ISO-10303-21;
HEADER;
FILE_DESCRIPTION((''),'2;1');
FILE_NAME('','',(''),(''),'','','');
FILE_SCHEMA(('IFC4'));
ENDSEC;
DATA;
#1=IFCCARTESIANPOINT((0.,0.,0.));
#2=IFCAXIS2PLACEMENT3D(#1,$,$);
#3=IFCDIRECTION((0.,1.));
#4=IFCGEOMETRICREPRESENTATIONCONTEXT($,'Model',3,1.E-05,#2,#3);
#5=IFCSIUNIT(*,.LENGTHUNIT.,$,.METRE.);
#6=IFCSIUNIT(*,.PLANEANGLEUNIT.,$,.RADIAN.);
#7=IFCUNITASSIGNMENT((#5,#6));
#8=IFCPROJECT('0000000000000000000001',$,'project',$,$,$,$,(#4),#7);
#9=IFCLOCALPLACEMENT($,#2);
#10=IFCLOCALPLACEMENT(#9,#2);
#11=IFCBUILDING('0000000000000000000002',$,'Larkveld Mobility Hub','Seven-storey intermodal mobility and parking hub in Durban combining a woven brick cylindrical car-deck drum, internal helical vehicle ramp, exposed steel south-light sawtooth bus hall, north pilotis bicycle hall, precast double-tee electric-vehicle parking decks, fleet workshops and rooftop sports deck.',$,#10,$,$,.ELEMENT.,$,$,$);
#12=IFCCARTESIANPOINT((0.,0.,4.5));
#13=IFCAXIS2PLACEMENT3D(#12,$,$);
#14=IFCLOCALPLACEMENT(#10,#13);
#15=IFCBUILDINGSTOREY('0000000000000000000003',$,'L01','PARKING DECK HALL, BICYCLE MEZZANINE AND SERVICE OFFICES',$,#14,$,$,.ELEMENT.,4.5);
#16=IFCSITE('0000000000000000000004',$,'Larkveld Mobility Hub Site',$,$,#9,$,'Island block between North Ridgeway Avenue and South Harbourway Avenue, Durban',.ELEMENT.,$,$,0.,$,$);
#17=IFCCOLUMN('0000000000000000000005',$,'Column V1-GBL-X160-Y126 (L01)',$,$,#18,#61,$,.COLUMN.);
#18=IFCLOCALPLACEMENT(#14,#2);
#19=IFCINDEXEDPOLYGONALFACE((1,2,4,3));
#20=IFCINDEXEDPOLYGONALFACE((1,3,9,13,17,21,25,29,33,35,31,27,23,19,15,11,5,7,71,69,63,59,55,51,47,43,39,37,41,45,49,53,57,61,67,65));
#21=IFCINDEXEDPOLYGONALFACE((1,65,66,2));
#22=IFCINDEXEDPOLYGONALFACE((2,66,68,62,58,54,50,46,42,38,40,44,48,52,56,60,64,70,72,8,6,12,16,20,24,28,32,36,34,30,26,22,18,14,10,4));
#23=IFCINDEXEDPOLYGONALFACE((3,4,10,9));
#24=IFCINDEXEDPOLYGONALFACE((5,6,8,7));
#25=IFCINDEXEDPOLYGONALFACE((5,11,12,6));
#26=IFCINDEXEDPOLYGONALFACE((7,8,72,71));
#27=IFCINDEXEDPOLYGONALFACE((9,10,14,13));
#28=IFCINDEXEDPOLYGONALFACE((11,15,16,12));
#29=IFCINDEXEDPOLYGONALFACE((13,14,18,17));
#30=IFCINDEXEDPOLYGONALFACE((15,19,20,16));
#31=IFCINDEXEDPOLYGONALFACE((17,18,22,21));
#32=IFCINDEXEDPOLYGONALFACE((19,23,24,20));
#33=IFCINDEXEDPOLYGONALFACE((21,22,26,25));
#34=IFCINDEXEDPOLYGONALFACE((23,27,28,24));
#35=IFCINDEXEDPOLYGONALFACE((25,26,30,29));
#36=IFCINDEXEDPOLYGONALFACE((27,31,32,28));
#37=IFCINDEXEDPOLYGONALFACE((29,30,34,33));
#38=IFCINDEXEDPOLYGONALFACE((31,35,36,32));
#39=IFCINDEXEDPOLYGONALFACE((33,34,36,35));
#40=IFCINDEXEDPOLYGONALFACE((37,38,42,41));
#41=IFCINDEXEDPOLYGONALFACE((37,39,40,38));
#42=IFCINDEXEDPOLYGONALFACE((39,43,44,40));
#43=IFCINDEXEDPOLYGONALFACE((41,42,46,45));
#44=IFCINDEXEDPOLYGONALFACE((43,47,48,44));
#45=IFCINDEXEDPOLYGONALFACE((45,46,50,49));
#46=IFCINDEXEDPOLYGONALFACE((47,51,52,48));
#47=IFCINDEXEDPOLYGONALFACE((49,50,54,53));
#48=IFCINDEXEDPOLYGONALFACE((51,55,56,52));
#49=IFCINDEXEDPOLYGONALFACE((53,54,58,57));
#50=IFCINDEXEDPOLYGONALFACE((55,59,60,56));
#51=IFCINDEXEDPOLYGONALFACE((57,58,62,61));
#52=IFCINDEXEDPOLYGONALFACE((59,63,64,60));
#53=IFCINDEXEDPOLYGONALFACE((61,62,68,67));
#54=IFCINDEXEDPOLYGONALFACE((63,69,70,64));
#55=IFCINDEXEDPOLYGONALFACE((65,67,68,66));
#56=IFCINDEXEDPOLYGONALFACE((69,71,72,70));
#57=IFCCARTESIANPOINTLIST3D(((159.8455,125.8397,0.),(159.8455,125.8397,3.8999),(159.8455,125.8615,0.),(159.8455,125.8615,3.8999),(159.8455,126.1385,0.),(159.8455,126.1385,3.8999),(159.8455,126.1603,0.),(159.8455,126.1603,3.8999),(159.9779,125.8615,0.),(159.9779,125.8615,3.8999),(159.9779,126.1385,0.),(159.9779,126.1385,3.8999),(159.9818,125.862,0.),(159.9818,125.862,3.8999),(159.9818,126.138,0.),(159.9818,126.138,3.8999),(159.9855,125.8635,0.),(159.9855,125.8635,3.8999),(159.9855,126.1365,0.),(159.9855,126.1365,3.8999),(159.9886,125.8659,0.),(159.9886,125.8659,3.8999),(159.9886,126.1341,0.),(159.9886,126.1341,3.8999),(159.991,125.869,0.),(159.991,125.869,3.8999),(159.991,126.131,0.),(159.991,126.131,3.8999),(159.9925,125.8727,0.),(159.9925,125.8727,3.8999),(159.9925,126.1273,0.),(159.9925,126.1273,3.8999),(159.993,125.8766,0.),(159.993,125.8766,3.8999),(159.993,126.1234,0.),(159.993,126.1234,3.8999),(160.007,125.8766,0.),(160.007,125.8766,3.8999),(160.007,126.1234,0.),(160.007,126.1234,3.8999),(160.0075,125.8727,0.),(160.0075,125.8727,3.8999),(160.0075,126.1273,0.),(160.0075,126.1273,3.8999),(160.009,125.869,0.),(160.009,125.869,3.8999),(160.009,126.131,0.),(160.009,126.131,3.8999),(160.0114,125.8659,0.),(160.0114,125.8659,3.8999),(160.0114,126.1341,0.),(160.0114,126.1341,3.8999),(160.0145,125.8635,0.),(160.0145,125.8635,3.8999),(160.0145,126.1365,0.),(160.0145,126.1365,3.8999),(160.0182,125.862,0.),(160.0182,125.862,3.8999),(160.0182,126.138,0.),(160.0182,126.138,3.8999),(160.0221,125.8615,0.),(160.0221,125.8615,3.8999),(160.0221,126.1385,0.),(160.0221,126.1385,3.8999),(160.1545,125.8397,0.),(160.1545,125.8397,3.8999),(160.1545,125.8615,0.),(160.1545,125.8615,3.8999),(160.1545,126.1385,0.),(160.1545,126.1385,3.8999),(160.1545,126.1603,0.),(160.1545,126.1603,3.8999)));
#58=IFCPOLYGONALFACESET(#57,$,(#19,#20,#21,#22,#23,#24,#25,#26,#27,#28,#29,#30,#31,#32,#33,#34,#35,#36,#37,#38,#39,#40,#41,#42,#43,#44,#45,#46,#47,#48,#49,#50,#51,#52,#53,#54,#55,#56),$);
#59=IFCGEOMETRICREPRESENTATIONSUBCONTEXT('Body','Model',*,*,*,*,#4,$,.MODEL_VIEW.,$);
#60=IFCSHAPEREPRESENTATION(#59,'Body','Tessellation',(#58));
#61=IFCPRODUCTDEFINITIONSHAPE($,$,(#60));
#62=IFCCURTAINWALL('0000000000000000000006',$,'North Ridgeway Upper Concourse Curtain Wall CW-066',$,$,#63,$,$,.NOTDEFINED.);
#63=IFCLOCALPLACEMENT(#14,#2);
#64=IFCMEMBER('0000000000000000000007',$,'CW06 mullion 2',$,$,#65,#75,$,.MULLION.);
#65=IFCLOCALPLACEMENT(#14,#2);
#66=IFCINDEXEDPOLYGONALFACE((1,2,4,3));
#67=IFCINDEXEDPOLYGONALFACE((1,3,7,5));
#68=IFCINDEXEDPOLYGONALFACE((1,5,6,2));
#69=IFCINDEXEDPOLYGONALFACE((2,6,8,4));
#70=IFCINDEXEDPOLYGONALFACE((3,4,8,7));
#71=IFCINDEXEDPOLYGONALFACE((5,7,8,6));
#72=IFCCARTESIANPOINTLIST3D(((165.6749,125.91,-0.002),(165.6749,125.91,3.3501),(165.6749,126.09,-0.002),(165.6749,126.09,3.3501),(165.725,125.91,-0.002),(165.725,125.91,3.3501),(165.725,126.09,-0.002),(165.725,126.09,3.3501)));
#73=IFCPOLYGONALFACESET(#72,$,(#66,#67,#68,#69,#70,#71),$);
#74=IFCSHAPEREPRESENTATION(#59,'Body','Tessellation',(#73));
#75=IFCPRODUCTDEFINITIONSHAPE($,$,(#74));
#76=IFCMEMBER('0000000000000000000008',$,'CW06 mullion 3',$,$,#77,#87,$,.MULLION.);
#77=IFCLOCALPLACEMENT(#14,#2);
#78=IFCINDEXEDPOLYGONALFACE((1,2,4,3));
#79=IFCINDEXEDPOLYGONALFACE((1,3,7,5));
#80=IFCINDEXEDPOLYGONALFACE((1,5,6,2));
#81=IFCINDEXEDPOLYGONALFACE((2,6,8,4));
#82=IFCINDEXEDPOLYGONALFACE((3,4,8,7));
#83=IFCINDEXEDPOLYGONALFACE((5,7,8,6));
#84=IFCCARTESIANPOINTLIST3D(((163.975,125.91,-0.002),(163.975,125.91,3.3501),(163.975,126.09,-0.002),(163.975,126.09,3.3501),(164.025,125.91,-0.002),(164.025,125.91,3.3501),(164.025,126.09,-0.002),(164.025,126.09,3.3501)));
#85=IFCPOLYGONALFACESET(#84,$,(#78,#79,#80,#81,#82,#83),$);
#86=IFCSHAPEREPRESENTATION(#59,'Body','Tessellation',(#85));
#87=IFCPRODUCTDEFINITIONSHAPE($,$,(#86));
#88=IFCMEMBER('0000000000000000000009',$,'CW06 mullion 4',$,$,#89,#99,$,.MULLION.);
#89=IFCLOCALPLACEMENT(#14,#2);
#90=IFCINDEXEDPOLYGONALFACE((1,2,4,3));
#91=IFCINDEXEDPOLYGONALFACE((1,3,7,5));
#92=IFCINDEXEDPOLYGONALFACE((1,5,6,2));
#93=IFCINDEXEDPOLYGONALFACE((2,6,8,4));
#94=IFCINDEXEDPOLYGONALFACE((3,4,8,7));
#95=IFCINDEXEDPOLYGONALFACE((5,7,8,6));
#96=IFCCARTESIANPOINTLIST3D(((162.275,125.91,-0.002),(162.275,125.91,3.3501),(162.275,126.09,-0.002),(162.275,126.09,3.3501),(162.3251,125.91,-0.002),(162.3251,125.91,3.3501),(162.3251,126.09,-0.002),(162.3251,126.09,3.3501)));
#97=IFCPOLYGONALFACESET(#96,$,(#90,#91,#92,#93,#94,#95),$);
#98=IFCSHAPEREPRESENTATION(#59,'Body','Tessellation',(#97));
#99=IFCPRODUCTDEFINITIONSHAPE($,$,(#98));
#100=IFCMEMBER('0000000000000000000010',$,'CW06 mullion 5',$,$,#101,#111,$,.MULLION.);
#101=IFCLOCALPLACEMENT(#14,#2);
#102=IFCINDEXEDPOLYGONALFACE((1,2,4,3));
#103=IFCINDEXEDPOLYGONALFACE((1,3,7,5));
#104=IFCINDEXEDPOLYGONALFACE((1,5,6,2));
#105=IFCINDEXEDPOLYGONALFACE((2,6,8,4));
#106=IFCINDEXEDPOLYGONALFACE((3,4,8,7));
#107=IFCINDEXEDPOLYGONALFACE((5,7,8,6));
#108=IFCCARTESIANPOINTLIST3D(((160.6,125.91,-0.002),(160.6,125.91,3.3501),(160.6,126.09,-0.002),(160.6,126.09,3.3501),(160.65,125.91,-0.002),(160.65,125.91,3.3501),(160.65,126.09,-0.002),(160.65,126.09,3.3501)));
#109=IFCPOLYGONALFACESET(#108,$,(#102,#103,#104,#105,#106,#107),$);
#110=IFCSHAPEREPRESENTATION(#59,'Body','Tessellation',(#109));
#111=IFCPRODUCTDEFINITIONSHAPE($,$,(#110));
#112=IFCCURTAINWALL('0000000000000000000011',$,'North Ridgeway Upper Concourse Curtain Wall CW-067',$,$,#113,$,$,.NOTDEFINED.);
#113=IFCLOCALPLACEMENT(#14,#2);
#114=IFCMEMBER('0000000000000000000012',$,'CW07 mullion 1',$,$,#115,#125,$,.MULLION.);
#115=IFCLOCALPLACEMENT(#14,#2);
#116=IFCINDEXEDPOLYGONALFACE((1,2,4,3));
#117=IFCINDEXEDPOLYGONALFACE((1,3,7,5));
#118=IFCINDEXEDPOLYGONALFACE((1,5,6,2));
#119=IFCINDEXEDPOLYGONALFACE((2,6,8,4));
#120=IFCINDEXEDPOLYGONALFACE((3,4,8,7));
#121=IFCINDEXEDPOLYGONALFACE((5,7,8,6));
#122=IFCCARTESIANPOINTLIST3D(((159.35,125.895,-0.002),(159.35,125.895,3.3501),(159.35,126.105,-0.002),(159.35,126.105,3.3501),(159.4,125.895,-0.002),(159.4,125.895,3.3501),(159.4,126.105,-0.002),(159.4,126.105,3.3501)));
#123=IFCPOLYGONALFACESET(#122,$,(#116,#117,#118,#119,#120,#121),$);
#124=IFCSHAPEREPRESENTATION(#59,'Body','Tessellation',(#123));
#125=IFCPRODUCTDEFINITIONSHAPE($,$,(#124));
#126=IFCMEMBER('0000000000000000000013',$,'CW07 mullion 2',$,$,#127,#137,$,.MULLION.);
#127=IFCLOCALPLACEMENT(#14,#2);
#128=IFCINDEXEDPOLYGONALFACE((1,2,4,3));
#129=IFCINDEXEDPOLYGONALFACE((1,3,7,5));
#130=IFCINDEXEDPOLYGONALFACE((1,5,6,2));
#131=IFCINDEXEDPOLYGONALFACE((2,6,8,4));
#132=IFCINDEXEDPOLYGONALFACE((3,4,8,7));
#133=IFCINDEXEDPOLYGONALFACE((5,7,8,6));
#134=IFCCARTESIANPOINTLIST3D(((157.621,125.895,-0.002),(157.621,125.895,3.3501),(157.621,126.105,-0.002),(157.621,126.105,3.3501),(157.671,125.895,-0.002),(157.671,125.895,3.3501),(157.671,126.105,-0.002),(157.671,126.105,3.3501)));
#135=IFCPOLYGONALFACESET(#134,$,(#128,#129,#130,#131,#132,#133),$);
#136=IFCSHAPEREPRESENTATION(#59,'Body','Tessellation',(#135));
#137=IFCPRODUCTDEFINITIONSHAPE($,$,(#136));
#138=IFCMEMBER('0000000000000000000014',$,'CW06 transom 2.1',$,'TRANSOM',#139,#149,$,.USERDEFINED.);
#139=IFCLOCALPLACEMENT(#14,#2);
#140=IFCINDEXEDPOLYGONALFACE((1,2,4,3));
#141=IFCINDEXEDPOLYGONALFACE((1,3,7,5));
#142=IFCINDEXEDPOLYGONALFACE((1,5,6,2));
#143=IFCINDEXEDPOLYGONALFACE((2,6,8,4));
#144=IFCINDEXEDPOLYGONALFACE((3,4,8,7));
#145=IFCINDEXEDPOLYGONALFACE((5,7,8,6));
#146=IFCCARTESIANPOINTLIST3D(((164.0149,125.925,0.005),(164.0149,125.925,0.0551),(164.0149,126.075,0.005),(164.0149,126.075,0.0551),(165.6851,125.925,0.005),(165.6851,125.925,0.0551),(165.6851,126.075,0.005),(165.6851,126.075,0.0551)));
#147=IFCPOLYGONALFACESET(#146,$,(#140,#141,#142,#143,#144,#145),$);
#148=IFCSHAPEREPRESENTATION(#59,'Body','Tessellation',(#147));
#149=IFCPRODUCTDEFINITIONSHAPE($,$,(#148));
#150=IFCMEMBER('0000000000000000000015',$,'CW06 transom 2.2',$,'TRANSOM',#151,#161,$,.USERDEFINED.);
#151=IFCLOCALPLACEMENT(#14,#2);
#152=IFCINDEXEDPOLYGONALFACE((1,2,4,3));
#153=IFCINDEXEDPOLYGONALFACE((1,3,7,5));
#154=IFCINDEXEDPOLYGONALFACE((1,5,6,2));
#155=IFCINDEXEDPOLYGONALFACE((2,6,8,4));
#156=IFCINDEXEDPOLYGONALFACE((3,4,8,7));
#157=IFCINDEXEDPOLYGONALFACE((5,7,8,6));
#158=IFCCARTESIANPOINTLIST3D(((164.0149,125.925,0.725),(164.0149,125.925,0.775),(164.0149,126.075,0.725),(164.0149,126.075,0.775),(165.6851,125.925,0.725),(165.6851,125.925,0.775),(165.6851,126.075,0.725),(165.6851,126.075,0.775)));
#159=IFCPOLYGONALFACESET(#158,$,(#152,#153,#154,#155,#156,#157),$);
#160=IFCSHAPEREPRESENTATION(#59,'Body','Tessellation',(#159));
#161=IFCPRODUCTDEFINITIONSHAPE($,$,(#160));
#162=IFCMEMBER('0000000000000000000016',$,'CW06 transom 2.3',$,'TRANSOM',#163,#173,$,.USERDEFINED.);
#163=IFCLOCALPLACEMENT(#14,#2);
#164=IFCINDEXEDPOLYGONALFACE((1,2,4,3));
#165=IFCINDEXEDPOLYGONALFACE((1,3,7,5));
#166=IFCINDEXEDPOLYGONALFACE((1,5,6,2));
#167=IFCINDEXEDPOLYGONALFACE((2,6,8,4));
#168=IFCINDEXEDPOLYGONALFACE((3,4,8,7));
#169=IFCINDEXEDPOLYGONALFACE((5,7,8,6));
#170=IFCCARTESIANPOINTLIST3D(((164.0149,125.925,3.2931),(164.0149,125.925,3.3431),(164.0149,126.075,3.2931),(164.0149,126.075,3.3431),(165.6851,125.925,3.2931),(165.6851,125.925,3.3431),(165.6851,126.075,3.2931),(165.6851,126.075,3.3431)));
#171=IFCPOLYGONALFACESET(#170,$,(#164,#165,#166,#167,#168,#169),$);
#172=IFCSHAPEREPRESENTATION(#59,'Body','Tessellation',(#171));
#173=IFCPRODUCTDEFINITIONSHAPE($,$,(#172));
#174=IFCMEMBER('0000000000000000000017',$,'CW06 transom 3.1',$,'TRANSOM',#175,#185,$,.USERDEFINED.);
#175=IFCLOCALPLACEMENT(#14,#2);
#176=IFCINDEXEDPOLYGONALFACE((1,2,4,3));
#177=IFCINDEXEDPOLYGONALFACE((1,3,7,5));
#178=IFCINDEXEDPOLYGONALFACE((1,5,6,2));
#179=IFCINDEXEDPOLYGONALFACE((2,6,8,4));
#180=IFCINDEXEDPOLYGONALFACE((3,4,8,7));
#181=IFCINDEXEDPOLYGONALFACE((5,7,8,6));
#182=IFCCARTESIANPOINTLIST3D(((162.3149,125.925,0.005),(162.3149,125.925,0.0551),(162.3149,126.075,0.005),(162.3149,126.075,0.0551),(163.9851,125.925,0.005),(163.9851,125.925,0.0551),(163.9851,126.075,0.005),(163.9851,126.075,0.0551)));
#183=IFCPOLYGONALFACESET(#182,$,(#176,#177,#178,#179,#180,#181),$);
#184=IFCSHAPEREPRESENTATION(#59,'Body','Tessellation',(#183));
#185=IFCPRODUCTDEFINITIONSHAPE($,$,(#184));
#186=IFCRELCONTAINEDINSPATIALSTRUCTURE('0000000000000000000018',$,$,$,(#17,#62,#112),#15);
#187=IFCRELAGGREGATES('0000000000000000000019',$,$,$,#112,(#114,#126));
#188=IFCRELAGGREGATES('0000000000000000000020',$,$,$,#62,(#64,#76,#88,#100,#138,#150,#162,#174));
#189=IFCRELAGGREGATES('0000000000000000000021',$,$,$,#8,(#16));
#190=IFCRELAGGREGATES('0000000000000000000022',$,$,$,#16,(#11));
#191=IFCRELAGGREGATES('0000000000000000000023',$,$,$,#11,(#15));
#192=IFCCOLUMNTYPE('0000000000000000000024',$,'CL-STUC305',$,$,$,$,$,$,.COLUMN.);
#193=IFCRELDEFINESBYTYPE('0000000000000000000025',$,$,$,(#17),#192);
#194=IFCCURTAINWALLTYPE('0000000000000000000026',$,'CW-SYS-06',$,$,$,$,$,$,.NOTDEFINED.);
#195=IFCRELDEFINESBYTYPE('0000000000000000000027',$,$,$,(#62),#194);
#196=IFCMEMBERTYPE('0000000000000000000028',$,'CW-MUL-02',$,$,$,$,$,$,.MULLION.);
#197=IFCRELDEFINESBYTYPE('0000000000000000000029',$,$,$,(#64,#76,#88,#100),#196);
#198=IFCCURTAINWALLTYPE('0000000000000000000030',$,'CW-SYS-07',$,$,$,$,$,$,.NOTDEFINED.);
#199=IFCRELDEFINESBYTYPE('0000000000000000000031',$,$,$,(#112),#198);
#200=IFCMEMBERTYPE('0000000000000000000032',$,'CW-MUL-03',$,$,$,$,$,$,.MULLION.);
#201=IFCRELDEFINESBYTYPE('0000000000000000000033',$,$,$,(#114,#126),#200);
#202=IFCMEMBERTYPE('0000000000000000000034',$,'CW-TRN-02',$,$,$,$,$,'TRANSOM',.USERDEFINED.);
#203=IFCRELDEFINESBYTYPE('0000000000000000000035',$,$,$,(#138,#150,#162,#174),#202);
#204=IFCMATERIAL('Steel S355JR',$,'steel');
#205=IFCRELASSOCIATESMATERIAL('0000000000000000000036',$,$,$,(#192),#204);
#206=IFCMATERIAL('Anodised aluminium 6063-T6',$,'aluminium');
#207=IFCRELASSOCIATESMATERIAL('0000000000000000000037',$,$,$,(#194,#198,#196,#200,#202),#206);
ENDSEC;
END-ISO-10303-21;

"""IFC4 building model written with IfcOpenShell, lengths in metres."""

from ifc_helpers import new_model, si_unit, direction, frame, origin, origin_2d, place, context, subcontext, project, spatial, rectangle, i_section, extrude, material, material_profile, profile_set, type_object, element, aggregate, save


model = new_model("IFC4")

# Units and contexts
model_context = context("Model", 3, precision=1e-05, world=origin(), true_north=direction((0.0, 1.0)))
body_context = subcontext(model_context, "Body", "Model", "MODEL_VIEW")
ifc_project = project(units=[si_unit("LENGTHUNIT", "METRE"), si_unit("PLANEANGLEUNIT", "RADIAN")], contexts=[model_context])

# Site, building, storey
site_placement = place(None, origin())
site = spatial("IfcSite", under=ifc_project, at=site_placement, Name="Larkveld Mobility Hub Site", LongName="Island block between North Ridgeway Avenue and South Harbourway Avenue, Durban", CompositionType="ELEMENT", RefElevation=0.0)
building_placement = place(site_placement, origin())
building = spatial("IfcBuilding", under=site, at=building_placement, Name="Larkveld Mobility Hub", Description="Seven-storey intermodal mobility and parking hub in Durban combining a woven brick cylindrical car-deck drum, internal helical vehicle ramp, exposed steel south-light sawtooth bus hall, north pilotis bicycle hall, precast double-tee electric-vehicle parking decks, fleet workshops and rooftop sports deck.", CompositionType="ELEMENT")
storey_placement = place(building_placement, frame((0.0, 0.0, 4.5)))
storey = spatial("IfcBuildingStorey", under=building, at=storey_placement, Name="L01", Description="PARKING DECK HALL, BICYCLE MEZZANINE AND SERVICE OFFICES", CompositionType="ELEMENT", Elevation=4.5)

# Column
ifc_material_1 = material(Name="Steel S355JR", Category="steel")
ifc_material_profile_1 = material_profile(ifc_material_1, i_section(OverallWidth=0.3091, OverallDepth=0.3206, WebThickness=0.0139, FlangeThickness=0.0217, FilletRadius=0.0151, at=origin_2d()), Name="UC 305x305x137")
ifc_profile_set_1 = profile_set([ifc_material_profile_1], Name="Steel S355JR")
column_type = type_object("IfcColumnType", Name="CL-STUC305", PredefinedType="COLUMN", material=ifc_profile_set_1)
column_placement = place(storey_placement, frame((160.0, 126.0, 0.0), z_axis=(0.0, 0.0, 1.0), x_axis=(1.0, 0.0, 0.0)))
element("IfcColumn", 1, at=column_placement, inside=storey, type_object=column_type, Name="Column V1-GBL-X160-Y126 (L01)", PredefinedType="COLUMN", context=body_context, shape_type="SweptSolid", body=[
    extrude(i_section(OverallWidth=0.3091, OverallDepth=0.3206, WebThickness=0.0139, FlangeThickness=0.0217, FilletRadius=0.0151, at=origin_2d()), origin(), (0.0, 0.0, 1.0), 3.8999),
])

# Curtain walls, members
ifc_material_2 = material(Name="Anodised aluminium 6063-T6", Category="aluminium")
curtain_wall_type_1 = type_object("IfcCurtainWallType", Name="CW-SYS-06", PredefinedType="NOTDEFINED", material=ifc_material_2)
curtain_wall_1_placement = place(storey_placement, origin())
curtain_wall_1 = element("IfcCurtainWall", 2, at=curtain_wall_1_placement, inside=storey, type_object=curtain_wall_type_1, Name="North Ridgeway Upper Concourse Curtain Wall CW-066", PredefinedType="NOTDEFINED")
ifc_material_profile_2 = material_profile(ifc_material_2, rectangle(XDim=0.05, YDim=0.1799, at=origin_2d()), Name="ALU MULL 50x180")
ifc_profile_set_2 = profile_set([ifc_material_profile_2], Name="Anodised aluminium 6063-T6")
member_type_1 = type_object("IfcMemberType", Name="CW-MUL-02", PredefinedType="MULLION", material=ifc_profile_set_2)
member_1_placement = place(storey_placement, frame((165.7, 126.0, -0.002), z_axis=(0.0, 0.0, 1.0), x_axis=(-1.0, 0.0, 0.0)))
member_1 = element("IfcMember", 3, at=member_1_placement, type_object=member_type_1, Name="CW06 mullion 2", PredefinedType="MULLION", context=body_context, shape_type="SweptSolid", body=[
    extrude(rectangle(XDim=0.05, YDim=0.1799, at=origin_2d()), origin(), (0.0, 0.0, 1.0), 3.3521),
])
member_2_placement = place(storey_placement, frame((164.0, 126.0, -0.002), z_axis=(0.0, 0.0, 1.0), x_axis=(-1.0, 0.0, 0.0)))
member_2 = element("IfcMember", 4, at=member_2_placement, type_object=member_type_1, Name="CW06 mullion 3", PredefinedType="MULLION", context=body_context, shape_type="SweptSolid", body=[
    extrude(rectangle(XDim=0.05, YDim=0.1799, at=origin_2d()), origin(), (0.0, 0.0, 1.0), 3.3521),
])
member_3_placement = place(storey_placement, frame((162.3, 126.0, -0.002), z_axis=(0.0, 0.0, 1.0), x_axis=(-1.0, 0.0, 0.0)))
member_3 = element("IfcMember", 5, at=member_3_placement, type_object=member_type_1, Name="CW06 mullion 4", PredefinedType="MULLION", context=body_context, shape_type="SweptSolid", body=[
    extrude(rectangle(XDim=0.05, YDim=0.1799, at=origin_2d()), origin(), (0.0, 0.0, 1.0), 3.3521),
])
member_4_placement = place(storey_placement, frame((160.625, 126.0, -0.002), z_axis=(0.0, 0.0, 1.0), x_axis=(-1.0, 0.0, 0.0)))
member_4 = element("IfcMember", 6, at=member_4_placement, type_object=member_type_1, Name="CW06 mullion 5", PredefinedType="MULLION", context=body_context, shape_type="SweptSolid", body=[
    extrude(rectangle(XDim=0.05, YDim=0.1799, at=origin_2d()), origin(), (0.0, 0.0, 1.0), 3.3521),
])
curtain_wall_type_2 = type_object("IfcCurtainWallType", Name="CW-SYS-07", PredefinedType="NOTDEFINED", material=ifc_material_2)
curtain_wall_2_placement = place(storey_placement, origin())
curtain_wall_2 = element("IfcCurtainWall", 7, at=curtain_wall_2_placement, inside=storey, type_object=curtain_wall_type_2, Name="North Ridgeway Upper Concourse Curtain Wall CW-067", PredefinedType="NOTDEFINED")
ifc_material_profile_3 = material_profile(ifc_material_2, rectangle(XDim=0.05, YDim=0.21, at=origin_2d()), Name="ALU MULL 50x210")
ifc_profile_set_3 = profile_set([ifc_material_profile_3], Name="Anodised aluminium 6063-T6")
member_type_2 = type_object("IfcMemberType", Name="CW-MUL-03", PredefinedType="MULLION", material=ifc_profile_set_3)
member_5_placement = place(storey_placement, frame((159.375, 126.0, -0.002), z_axis=(0.0, 0.0, 1.0), x_axis=(-1.0, 0.0, 0.0)))
member_5 = element("IfcMember", 8, at=member_5_placement, type_object=member_type_2, Name="CW07 mullion 1", PredefinedType="MULLION", context=body_context, shape_type="SweptSolid", body=[
    extrude(rectangle(XDim=0.05, YDim=0.21, at=origin_2d()), origin(), (0.0, 0.0, 1.0), 3.3521),
])
member_6_placement = place(storey_placement, frame((157.646, 126.0, -0.002), z_axis=(0.0, 0.0, 1.0), x_axis=(-1.0, 0.0, 0.0)))
member_6 = element("IfcMember", 9, at=member_6_placement, type_object=member_type_2, Name="CW07 mullion 2", PredefinedType="MULLION", context=body_context, shape_type="SweptSolid", body=[
    extrude(rectangle(XDim=0.05, YDim=0.21, at=origin_2d()), origin(), (0.0, 0.0, 1.0), 3.3521),
])

# Members
ifc_material_profile_4 = material_profile(ifc_material_2, rectangle(XDim=0.1499, YDim=0.05, at=origin_2d()), Name="ALU TRAN 50x150")
ifc_profile_set_4 = profile_set([ifc_material_profile_4], Name="Anodised aluminium 6063-T6")
member_type_3 = type_object("IfcMemberType", Name="CW-TRN-02", ElementType="TRANSOM", PredefinedType="USERDEFINED", material=ifc_profile_set_4)
member_7_placement = place(storey_placement, frame((165.6851, 126.0, 0.03), z_axis=(-1.0, 0.0, 0.0), x_axis=(0.0, -1.0, 0.0)))
member_7 = element("IfcMember", 10, at=member_7_placement, type_object=member_type_3, Name="CW06 transom 2.1", ObjectType="TRANSOM", PredefinedType="USERDEFINED", context=body_context, shape_type="SweptSolid", body=[
    extrude(rectangle(XDim=0.1499, YDim=0.05, at=origin_2d()), origin(), (0.0, 0.0, 1.0), 1.6702),
])
member_8_placement = place(storey_placement, frame((165.6851, 126.0, 0.75), z_axis=(-1.0, 0.0, 0.0), x_axis=(0.0, -1.0, 0.0)))
member_8 = element("IfcMember", 11, at=member_8_placement, type_object=member_type_3, Name="CW06 transom 2.2", ObjectType="TRANSOM", PredefinedType="USERDEFINED", context=body_context, shape_type="SweptSolid", body=[
    extrude(rectangle(XDim=0.1499, YDim=0.05, at=origin_2d()), origin(), (0.0, 0.0, 1.0), 1.6702),
])
member_9_placement = place(storey_placement, frame((165.6851, 126.0, 3.3181), z_axis=(-1.0, 0.0, 0.0), x_axis=(0.0, -1.0, 0.0)))
member_9 = element("IfcMember", 12, at=member_9_placement, type_object=member_type_3, Name="CW06 transom 2.3", ObjectType="TRANSOM", PredefinedType="USERDEFINED", context=body_context, shape_type="SweptSolid", body=[
    extrude(rectangle(XDim=0.1499, YDim=0.05, at=origin_2d()), origin(), (0.0, 0.0, 1.0), 1.6702),
])
member_10_placement = place(storey_placement, frame((163.9851, 126.0, 0.03), z_axis=(-1.0, 0.0, 0.0), x_axis=(0.0, -1.0, 0.0)))
member_10 = element("IfcMember", 13, at=member_10_placement, type_object=member_type_3, Name="CW06 transom 3.1", ObjectType="TRANSOM", PredefinedType="USERDEFINED", context=body_context, shape_type="SweptSolid", body=[
    extrude(rectangle(XDim=0.1499, YDim=0.05, at=origin_2d()), origin(), (0.0, 0.0, 1.0), 1.6702),
])

aggregate(curtain_wall_2, [member_5, member_6])
aggregate(curtain_wall_1, [member_1, member_2, member_3, member_4, member_7, member_8, member_9, member_10])

save(model, "model.ifc")
